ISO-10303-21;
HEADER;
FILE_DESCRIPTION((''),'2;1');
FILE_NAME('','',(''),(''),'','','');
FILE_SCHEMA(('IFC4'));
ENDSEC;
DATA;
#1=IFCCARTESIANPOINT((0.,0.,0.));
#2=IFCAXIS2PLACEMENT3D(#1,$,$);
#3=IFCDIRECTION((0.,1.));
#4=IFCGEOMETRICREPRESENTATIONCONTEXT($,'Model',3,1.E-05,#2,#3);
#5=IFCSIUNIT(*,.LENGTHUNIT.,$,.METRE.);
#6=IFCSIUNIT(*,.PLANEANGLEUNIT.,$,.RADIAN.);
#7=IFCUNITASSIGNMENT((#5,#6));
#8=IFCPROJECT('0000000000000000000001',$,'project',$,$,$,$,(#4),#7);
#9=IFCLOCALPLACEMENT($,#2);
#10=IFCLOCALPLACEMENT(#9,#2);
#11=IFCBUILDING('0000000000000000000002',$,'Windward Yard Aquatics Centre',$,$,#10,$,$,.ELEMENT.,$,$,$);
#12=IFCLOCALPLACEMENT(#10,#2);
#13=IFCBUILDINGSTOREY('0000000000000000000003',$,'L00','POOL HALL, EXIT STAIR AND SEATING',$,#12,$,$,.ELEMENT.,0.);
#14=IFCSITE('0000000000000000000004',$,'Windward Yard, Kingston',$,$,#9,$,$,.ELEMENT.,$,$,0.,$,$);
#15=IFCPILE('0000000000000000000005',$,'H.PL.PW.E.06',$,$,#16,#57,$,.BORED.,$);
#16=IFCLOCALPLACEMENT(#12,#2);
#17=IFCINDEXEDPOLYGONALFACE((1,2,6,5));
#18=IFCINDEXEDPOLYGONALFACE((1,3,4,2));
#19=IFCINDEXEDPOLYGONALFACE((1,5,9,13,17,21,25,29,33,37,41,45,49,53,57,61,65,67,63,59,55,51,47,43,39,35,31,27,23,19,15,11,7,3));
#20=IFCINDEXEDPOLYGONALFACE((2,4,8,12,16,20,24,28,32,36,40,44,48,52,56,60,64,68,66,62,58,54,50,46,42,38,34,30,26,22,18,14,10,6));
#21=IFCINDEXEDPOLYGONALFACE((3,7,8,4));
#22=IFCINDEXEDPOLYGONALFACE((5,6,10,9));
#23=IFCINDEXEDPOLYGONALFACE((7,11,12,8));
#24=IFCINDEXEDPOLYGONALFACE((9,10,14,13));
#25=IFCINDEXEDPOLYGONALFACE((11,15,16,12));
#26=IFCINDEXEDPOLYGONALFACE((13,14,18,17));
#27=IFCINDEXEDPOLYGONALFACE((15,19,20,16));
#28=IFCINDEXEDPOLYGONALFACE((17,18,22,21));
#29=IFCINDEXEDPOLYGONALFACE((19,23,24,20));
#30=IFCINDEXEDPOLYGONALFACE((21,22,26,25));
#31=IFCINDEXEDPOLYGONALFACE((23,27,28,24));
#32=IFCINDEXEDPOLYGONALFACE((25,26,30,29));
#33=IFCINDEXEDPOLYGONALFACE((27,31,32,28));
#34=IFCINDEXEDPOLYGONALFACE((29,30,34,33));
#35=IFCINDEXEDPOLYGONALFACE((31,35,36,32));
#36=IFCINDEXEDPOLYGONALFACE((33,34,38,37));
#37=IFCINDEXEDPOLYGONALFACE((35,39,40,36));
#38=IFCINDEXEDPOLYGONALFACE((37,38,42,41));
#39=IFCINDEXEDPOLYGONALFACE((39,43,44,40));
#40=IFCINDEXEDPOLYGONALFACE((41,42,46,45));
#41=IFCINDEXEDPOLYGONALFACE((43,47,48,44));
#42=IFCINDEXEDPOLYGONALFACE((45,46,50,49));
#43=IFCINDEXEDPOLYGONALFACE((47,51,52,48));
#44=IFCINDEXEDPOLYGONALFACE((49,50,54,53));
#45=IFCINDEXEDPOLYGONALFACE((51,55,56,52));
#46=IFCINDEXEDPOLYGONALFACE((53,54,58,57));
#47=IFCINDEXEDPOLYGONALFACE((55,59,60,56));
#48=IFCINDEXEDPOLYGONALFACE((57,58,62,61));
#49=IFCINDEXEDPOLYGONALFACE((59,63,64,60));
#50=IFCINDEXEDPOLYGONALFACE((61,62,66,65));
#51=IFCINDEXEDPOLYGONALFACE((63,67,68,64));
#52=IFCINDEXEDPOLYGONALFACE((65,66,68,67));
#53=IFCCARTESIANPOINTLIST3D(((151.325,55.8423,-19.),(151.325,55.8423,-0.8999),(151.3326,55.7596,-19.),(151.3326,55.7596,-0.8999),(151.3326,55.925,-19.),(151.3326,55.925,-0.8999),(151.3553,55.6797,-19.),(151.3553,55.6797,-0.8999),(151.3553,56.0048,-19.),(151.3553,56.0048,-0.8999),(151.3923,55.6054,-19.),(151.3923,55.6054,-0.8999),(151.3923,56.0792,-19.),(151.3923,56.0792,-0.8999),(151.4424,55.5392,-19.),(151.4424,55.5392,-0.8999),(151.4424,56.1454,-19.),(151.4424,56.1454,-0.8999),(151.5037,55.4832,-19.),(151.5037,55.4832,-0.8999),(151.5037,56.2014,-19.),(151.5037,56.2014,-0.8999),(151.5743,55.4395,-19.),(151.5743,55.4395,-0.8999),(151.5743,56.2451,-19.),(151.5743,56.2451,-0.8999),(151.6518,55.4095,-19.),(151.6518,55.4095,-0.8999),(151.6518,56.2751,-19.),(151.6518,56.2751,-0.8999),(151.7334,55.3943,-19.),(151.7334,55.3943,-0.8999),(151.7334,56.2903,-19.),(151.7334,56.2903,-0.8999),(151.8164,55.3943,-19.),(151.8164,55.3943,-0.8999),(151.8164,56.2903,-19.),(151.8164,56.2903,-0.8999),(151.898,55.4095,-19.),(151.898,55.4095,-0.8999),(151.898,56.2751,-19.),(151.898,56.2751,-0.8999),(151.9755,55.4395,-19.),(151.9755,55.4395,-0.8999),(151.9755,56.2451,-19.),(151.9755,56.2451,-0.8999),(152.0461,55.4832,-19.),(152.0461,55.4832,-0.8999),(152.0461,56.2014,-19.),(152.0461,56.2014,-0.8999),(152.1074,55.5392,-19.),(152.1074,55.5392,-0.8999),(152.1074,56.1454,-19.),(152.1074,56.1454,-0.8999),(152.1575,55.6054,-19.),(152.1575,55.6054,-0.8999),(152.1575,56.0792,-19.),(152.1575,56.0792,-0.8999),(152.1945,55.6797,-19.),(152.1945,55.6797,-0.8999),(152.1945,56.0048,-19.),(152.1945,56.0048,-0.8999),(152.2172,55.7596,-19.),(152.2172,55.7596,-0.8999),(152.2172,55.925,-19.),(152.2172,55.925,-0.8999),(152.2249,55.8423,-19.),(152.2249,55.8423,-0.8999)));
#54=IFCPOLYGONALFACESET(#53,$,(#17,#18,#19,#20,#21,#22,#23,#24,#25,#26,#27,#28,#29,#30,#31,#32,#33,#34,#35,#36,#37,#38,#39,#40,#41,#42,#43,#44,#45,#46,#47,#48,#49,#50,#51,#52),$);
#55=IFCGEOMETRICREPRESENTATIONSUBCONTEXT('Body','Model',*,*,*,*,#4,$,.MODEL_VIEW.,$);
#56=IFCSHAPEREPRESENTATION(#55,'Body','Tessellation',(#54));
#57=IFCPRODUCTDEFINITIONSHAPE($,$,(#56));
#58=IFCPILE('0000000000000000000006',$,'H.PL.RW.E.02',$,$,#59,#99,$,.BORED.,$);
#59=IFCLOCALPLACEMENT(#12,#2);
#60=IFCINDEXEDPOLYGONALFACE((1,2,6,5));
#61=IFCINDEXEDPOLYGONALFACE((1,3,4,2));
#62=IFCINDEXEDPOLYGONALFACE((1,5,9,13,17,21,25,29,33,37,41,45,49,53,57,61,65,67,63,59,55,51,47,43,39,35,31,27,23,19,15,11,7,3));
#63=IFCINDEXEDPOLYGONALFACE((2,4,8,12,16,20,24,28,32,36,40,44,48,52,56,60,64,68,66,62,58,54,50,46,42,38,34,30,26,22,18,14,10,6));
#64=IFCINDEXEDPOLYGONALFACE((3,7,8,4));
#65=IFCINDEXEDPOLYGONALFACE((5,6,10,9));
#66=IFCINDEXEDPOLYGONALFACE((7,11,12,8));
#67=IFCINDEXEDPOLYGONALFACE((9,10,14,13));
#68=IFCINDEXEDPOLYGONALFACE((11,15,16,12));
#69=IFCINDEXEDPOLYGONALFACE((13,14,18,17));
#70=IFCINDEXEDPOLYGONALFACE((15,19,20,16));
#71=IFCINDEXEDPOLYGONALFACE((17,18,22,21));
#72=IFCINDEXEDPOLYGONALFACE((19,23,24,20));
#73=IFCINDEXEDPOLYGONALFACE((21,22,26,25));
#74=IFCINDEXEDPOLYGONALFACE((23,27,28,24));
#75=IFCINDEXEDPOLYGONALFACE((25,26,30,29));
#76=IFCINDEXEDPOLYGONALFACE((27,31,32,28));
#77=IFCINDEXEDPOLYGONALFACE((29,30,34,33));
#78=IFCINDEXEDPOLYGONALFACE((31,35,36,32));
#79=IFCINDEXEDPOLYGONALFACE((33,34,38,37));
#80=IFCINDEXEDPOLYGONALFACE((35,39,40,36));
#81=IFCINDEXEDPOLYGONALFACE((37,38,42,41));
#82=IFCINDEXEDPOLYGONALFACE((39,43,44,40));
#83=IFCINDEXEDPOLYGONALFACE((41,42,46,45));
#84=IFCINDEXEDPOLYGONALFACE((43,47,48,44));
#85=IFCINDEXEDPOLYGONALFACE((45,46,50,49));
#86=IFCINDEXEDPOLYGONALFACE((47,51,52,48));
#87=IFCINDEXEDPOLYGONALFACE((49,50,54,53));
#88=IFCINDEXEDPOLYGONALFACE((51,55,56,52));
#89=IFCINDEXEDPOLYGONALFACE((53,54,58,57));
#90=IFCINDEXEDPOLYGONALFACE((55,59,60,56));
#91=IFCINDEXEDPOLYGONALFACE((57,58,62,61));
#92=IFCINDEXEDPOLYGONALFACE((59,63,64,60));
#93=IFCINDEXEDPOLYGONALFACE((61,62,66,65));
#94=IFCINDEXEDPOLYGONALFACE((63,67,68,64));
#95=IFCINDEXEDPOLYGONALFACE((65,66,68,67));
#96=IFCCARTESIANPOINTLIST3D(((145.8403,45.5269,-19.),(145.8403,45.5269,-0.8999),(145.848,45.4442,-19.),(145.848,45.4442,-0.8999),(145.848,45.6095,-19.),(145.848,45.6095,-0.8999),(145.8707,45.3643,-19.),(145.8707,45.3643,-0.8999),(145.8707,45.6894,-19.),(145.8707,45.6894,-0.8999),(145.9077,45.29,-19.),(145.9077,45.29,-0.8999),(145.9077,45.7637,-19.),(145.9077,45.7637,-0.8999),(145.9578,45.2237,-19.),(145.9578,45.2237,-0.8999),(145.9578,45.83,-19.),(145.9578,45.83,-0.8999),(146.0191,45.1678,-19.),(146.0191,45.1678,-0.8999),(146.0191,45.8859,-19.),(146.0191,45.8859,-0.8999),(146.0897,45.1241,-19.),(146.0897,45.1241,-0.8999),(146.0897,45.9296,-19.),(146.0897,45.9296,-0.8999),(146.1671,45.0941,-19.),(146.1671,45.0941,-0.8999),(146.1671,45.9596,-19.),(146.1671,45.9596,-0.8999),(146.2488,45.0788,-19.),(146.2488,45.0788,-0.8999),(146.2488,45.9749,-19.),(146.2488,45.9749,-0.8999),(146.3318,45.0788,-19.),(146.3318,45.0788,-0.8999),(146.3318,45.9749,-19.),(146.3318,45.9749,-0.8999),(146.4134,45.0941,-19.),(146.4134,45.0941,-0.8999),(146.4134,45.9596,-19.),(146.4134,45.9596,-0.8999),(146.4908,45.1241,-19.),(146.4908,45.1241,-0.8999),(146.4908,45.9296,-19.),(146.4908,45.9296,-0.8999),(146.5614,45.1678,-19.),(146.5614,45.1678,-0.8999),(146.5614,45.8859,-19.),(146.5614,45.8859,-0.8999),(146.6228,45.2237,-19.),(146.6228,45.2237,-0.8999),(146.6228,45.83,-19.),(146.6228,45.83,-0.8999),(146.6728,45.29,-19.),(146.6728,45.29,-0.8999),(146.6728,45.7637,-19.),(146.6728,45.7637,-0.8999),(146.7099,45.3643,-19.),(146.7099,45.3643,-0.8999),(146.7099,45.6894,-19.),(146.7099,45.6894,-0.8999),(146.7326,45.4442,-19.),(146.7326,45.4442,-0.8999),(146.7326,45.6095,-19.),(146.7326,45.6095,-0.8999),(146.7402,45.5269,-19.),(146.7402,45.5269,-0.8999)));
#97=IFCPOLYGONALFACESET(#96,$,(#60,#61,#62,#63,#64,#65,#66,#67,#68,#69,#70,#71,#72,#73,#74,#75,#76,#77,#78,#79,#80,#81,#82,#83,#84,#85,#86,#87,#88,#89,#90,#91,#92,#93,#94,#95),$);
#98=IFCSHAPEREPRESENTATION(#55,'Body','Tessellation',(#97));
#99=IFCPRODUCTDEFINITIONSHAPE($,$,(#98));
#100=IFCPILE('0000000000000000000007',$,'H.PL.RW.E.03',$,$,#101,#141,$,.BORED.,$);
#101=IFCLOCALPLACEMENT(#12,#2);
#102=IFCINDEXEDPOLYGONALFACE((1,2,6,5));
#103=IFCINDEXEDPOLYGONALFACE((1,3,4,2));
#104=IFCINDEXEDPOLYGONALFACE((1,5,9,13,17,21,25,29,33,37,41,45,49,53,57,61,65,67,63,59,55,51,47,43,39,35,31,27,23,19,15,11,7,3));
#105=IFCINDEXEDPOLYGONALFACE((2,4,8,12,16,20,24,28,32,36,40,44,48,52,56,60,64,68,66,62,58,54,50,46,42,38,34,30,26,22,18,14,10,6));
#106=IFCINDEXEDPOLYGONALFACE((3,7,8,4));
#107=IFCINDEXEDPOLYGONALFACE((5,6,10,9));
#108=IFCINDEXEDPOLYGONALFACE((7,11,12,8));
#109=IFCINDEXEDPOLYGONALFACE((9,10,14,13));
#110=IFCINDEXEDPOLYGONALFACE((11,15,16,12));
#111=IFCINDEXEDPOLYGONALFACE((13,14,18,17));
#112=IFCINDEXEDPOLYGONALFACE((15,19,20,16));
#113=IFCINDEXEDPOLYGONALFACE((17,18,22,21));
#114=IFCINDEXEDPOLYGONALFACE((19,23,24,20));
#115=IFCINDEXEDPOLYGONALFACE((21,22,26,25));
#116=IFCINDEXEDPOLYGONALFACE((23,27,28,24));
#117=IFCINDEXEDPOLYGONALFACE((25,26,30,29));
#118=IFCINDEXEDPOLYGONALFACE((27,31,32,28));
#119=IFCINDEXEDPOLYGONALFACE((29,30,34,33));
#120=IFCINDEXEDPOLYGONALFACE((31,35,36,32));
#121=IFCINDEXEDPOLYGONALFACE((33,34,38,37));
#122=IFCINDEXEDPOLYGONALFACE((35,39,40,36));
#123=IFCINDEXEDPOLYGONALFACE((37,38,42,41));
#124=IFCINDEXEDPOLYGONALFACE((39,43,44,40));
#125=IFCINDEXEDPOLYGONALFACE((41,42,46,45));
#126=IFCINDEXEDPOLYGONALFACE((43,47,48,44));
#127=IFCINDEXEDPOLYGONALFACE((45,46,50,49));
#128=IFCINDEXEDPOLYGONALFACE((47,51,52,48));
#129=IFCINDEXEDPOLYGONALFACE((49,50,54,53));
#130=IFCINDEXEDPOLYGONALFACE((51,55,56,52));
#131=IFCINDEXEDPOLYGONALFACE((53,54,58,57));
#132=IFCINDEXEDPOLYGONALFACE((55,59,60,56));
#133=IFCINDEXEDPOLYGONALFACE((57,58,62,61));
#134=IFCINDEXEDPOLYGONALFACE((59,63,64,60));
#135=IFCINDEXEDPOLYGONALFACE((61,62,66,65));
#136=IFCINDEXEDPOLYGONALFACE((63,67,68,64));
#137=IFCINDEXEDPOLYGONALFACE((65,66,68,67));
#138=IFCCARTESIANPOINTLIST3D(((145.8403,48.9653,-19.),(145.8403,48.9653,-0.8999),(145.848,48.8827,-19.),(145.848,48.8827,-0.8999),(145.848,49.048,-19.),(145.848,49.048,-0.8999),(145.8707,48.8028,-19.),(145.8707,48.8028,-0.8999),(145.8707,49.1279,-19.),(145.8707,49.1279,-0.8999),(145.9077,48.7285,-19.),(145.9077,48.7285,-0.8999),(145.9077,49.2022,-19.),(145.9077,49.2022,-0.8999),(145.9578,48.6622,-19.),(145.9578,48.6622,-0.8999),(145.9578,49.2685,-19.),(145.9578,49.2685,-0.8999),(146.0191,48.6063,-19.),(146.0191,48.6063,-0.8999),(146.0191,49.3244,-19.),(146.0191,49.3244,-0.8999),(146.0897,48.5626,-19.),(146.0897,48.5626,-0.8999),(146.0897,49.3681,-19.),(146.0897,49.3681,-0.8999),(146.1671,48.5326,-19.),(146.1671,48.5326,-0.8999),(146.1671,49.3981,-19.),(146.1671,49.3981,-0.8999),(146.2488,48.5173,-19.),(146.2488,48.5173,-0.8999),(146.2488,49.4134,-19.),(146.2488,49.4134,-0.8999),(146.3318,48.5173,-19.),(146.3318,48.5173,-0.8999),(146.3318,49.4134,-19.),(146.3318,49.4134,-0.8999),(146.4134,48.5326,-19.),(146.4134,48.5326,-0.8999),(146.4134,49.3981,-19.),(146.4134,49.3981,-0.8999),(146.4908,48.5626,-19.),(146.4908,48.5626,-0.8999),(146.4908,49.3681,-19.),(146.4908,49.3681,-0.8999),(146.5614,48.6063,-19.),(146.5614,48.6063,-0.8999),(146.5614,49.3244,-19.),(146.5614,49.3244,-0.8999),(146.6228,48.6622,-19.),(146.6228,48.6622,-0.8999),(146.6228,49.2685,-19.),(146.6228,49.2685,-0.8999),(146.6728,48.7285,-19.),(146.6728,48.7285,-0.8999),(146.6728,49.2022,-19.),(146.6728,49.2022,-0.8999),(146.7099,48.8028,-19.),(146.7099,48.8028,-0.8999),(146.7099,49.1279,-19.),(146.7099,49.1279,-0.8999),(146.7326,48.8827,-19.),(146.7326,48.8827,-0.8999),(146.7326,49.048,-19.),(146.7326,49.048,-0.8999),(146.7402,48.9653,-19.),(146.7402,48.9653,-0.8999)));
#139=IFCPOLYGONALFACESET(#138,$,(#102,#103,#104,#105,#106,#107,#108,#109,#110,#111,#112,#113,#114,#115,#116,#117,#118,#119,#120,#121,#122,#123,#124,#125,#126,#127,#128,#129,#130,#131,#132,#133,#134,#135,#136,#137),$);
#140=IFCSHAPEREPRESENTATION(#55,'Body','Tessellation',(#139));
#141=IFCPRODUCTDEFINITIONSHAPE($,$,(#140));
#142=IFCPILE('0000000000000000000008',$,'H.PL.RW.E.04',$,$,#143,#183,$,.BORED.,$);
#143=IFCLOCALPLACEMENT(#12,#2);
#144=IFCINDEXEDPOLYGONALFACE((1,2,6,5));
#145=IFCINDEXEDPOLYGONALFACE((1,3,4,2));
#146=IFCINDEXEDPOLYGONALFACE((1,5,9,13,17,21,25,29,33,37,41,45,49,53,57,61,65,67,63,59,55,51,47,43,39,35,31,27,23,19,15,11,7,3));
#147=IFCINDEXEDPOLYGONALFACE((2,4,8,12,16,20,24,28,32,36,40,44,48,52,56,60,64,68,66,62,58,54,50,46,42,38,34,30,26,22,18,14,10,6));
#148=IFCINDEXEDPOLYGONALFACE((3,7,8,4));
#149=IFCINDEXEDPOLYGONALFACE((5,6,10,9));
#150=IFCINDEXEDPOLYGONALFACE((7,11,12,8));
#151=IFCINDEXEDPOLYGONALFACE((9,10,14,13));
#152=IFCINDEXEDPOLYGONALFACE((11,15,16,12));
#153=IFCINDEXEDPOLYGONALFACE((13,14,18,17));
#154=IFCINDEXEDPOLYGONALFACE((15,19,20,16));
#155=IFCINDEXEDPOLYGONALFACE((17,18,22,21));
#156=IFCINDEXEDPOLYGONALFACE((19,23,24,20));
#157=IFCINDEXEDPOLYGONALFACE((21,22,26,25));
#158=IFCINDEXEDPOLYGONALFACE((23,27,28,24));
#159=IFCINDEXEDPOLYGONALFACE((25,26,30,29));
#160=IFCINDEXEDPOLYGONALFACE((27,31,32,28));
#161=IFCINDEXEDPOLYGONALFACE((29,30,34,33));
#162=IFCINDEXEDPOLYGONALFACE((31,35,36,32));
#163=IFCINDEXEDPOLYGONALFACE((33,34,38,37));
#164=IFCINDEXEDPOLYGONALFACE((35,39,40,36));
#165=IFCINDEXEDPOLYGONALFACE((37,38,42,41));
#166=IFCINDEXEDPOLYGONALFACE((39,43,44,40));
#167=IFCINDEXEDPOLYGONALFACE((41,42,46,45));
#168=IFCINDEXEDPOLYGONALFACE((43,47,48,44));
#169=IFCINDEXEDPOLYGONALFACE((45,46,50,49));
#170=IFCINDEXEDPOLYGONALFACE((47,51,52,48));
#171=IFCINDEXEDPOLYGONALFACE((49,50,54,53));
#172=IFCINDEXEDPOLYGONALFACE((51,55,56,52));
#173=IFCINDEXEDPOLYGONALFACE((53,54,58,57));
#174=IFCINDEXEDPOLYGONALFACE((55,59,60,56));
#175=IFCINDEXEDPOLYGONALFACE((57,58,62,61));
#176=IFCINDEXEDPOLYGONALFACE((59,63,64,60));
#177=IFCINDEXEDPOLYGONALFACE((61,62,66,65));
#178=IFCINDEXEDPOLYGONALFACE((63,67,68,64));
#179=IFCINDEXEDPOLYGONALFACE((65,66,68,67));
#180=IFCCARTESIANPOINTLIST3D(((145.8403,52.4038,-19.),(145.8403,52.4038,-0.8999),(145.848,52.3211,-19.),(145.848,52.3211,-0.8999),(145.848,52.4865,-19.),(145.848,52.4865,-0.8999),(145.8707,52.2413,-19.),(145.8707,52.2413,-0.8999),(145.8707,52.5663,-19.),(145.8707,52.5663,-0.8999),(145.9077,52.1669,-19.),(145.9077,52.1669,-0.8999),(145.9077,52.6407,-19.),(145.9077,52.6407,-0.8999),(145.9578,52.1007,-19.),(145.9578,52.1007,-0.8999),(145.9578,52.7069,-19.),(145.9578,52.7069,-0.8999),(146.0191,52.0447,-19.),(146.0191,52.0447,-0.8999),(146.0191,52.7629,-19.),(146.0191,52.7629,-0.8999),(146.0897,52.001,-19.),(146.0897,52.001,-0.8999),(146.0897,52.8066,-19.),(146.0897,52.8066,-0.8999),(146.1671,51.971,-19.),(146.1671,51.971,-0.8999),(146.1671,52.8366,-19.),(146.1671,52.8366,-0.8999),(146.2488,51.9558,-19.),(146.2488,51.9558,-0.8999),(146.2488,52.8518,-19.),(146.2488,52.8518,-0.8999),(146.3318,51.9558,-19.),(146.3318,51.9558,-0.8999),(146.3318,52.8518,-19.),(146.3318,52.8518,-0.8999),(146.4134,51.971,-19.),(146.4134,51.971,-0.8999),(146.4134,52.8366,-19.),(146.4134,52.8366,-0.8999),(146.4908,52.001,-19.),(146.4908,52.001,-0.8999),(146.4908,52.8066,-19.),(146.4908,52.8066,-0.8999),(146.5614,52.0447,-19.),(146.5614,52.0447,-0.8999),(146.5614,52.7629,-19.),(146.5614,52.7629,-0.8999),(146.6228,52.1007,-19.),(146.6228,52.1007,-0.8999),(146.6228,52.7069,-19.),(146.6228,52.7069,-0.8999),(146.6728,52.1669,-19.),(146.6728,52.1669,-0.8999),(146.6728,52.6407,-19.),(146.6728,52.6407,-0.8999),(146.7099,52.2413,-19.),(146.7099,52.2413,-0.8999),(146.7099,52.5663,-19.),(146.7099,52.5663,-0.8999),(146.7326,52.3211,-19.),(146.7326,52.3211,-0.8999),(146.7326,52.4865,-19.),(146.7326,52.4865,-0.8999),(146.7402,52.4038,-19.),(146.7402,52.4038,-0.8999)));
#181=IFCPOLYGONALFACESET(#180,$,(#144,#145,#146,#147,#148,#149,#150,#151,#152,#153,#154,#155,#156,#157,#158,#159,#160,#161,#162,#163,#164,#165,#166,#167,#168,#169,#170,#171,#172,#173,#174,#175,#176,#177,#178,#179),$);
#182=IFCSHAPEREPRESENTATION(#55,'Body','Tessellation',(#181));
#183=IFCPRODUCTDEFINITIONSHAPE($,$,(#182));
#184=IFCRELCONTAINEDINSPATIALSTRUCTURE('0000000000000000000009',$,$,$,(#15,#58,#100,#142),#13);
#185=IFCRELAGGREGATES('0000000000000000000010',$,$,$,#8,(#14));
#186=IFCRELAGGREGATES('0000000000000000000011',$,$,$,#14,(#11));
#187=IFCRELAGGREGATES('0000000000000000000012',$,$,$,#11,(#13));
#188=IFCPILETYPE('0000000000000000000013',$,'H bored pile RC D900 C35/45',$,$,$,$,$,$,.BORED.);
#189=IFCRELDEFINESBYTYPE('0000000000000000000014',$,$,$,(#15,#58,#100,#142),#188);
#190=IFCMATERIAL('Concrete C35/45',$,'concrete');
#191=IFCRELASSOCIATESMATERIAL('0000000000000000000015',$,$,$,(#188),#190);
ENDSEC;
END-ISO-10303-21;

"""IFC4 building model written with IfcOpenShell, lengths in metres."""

from ifc_helpers import new_model, si_unit, direction, frame, origin, origin_2d, place, context, subcontext, project, spatial, circle, extrude, material, material_profile, profile_set, type_object, element, save


model = new_model("IFC4")

# Units and contexts
model_context = context("Model", 3, precision=1e-05, world=origin(), true_north=direction((0.0, 1.0)))
body_context = subcontext(model_context, "Body", "Model", "MODEL_VIEW")
ifc_project = project(units=[si_unit("LENGTHUNIT", "METRE"), si_unit("PLANEANGLEUNIT", "RADIAN")], contexts=[model_context])

# Site, building, storey
site_placement = place(None, origin())
site = spatial("IfcSite", under=ifc_project, at=site_placement, Name="Windward Yard, Kingston", CompositionType="ELEMENT", RefElevation=0.0)
building_placement = place(site_placement, origin())
building = spatial("IfcBuilding", under=site, at=building_placement, Name="Windward Yard Aquatics Centre", CompositionType="ELEMENT")
storey_placement = place(building_placement, origin())
storey = spatial("IfcBuildingStorey", under=building, at=storey_placement, Name="L00", Description="POOL HALL, EXIT STAIR AND SEATING", CompositionType="ELEMENT", Elevation=0.0)

# Piles
ifc_material_1 = material(Name="Concrete C35/45", Category="concrete")
ifc_material_profile_1 = material_profile(ifc_material_1, circle(Radius=0.45, at=origin_2d()), Name="RC D900")
ifc_profile_set_1 = profile_set([ifc_material_profile_1], Name="Concrete C35/45")
pile_type = type_object("IfcPileType", Name="H bored pile RC D900 C35/45", PredefinedType="BORED", material=ifc_profile_set_1)
for number, where, z_axis, x_axis, name in (
    (1, (151.7749, 55.8423, -0.8999), (0.0, 0.0, -1.0), (1.0, 0.0, 0.0), "H.PL.PW.E.06"),
    (2, (146.2903, 45.5269, -0.8999), (0.0, 0.0, -1.0), (1.0, 0.0, 0.0), "H.PL.RW.E.02"),
    (3, (146.2903, 48.9653, -0.8999), (0.0, 0.0, -1.0), (1.0, 0.0, 0.0), "H.PL.RW.E.03"),
    (4, (146.2903, 52.4038, -0.8999), (0.0, 0.0, -1.0), (1.0, 0.0, 0.0), "H.PL.RW.E.04"),
):
    element("IfcPile", number, at=place(storey_placement, frame(where, z_axis=z_axis, x_axis=x_axis)), inside=storey, type_object=pile_type, Name=name, PredefinedType="BORED", context=body_context, shape_type="SweptSolid", body=[
        extrude(circle(Radius=0.45, at=origin_2d()), origin(), (0.0, 0.0, 1.0), 18.1001),
    ])

save(model, "model.ifc")
